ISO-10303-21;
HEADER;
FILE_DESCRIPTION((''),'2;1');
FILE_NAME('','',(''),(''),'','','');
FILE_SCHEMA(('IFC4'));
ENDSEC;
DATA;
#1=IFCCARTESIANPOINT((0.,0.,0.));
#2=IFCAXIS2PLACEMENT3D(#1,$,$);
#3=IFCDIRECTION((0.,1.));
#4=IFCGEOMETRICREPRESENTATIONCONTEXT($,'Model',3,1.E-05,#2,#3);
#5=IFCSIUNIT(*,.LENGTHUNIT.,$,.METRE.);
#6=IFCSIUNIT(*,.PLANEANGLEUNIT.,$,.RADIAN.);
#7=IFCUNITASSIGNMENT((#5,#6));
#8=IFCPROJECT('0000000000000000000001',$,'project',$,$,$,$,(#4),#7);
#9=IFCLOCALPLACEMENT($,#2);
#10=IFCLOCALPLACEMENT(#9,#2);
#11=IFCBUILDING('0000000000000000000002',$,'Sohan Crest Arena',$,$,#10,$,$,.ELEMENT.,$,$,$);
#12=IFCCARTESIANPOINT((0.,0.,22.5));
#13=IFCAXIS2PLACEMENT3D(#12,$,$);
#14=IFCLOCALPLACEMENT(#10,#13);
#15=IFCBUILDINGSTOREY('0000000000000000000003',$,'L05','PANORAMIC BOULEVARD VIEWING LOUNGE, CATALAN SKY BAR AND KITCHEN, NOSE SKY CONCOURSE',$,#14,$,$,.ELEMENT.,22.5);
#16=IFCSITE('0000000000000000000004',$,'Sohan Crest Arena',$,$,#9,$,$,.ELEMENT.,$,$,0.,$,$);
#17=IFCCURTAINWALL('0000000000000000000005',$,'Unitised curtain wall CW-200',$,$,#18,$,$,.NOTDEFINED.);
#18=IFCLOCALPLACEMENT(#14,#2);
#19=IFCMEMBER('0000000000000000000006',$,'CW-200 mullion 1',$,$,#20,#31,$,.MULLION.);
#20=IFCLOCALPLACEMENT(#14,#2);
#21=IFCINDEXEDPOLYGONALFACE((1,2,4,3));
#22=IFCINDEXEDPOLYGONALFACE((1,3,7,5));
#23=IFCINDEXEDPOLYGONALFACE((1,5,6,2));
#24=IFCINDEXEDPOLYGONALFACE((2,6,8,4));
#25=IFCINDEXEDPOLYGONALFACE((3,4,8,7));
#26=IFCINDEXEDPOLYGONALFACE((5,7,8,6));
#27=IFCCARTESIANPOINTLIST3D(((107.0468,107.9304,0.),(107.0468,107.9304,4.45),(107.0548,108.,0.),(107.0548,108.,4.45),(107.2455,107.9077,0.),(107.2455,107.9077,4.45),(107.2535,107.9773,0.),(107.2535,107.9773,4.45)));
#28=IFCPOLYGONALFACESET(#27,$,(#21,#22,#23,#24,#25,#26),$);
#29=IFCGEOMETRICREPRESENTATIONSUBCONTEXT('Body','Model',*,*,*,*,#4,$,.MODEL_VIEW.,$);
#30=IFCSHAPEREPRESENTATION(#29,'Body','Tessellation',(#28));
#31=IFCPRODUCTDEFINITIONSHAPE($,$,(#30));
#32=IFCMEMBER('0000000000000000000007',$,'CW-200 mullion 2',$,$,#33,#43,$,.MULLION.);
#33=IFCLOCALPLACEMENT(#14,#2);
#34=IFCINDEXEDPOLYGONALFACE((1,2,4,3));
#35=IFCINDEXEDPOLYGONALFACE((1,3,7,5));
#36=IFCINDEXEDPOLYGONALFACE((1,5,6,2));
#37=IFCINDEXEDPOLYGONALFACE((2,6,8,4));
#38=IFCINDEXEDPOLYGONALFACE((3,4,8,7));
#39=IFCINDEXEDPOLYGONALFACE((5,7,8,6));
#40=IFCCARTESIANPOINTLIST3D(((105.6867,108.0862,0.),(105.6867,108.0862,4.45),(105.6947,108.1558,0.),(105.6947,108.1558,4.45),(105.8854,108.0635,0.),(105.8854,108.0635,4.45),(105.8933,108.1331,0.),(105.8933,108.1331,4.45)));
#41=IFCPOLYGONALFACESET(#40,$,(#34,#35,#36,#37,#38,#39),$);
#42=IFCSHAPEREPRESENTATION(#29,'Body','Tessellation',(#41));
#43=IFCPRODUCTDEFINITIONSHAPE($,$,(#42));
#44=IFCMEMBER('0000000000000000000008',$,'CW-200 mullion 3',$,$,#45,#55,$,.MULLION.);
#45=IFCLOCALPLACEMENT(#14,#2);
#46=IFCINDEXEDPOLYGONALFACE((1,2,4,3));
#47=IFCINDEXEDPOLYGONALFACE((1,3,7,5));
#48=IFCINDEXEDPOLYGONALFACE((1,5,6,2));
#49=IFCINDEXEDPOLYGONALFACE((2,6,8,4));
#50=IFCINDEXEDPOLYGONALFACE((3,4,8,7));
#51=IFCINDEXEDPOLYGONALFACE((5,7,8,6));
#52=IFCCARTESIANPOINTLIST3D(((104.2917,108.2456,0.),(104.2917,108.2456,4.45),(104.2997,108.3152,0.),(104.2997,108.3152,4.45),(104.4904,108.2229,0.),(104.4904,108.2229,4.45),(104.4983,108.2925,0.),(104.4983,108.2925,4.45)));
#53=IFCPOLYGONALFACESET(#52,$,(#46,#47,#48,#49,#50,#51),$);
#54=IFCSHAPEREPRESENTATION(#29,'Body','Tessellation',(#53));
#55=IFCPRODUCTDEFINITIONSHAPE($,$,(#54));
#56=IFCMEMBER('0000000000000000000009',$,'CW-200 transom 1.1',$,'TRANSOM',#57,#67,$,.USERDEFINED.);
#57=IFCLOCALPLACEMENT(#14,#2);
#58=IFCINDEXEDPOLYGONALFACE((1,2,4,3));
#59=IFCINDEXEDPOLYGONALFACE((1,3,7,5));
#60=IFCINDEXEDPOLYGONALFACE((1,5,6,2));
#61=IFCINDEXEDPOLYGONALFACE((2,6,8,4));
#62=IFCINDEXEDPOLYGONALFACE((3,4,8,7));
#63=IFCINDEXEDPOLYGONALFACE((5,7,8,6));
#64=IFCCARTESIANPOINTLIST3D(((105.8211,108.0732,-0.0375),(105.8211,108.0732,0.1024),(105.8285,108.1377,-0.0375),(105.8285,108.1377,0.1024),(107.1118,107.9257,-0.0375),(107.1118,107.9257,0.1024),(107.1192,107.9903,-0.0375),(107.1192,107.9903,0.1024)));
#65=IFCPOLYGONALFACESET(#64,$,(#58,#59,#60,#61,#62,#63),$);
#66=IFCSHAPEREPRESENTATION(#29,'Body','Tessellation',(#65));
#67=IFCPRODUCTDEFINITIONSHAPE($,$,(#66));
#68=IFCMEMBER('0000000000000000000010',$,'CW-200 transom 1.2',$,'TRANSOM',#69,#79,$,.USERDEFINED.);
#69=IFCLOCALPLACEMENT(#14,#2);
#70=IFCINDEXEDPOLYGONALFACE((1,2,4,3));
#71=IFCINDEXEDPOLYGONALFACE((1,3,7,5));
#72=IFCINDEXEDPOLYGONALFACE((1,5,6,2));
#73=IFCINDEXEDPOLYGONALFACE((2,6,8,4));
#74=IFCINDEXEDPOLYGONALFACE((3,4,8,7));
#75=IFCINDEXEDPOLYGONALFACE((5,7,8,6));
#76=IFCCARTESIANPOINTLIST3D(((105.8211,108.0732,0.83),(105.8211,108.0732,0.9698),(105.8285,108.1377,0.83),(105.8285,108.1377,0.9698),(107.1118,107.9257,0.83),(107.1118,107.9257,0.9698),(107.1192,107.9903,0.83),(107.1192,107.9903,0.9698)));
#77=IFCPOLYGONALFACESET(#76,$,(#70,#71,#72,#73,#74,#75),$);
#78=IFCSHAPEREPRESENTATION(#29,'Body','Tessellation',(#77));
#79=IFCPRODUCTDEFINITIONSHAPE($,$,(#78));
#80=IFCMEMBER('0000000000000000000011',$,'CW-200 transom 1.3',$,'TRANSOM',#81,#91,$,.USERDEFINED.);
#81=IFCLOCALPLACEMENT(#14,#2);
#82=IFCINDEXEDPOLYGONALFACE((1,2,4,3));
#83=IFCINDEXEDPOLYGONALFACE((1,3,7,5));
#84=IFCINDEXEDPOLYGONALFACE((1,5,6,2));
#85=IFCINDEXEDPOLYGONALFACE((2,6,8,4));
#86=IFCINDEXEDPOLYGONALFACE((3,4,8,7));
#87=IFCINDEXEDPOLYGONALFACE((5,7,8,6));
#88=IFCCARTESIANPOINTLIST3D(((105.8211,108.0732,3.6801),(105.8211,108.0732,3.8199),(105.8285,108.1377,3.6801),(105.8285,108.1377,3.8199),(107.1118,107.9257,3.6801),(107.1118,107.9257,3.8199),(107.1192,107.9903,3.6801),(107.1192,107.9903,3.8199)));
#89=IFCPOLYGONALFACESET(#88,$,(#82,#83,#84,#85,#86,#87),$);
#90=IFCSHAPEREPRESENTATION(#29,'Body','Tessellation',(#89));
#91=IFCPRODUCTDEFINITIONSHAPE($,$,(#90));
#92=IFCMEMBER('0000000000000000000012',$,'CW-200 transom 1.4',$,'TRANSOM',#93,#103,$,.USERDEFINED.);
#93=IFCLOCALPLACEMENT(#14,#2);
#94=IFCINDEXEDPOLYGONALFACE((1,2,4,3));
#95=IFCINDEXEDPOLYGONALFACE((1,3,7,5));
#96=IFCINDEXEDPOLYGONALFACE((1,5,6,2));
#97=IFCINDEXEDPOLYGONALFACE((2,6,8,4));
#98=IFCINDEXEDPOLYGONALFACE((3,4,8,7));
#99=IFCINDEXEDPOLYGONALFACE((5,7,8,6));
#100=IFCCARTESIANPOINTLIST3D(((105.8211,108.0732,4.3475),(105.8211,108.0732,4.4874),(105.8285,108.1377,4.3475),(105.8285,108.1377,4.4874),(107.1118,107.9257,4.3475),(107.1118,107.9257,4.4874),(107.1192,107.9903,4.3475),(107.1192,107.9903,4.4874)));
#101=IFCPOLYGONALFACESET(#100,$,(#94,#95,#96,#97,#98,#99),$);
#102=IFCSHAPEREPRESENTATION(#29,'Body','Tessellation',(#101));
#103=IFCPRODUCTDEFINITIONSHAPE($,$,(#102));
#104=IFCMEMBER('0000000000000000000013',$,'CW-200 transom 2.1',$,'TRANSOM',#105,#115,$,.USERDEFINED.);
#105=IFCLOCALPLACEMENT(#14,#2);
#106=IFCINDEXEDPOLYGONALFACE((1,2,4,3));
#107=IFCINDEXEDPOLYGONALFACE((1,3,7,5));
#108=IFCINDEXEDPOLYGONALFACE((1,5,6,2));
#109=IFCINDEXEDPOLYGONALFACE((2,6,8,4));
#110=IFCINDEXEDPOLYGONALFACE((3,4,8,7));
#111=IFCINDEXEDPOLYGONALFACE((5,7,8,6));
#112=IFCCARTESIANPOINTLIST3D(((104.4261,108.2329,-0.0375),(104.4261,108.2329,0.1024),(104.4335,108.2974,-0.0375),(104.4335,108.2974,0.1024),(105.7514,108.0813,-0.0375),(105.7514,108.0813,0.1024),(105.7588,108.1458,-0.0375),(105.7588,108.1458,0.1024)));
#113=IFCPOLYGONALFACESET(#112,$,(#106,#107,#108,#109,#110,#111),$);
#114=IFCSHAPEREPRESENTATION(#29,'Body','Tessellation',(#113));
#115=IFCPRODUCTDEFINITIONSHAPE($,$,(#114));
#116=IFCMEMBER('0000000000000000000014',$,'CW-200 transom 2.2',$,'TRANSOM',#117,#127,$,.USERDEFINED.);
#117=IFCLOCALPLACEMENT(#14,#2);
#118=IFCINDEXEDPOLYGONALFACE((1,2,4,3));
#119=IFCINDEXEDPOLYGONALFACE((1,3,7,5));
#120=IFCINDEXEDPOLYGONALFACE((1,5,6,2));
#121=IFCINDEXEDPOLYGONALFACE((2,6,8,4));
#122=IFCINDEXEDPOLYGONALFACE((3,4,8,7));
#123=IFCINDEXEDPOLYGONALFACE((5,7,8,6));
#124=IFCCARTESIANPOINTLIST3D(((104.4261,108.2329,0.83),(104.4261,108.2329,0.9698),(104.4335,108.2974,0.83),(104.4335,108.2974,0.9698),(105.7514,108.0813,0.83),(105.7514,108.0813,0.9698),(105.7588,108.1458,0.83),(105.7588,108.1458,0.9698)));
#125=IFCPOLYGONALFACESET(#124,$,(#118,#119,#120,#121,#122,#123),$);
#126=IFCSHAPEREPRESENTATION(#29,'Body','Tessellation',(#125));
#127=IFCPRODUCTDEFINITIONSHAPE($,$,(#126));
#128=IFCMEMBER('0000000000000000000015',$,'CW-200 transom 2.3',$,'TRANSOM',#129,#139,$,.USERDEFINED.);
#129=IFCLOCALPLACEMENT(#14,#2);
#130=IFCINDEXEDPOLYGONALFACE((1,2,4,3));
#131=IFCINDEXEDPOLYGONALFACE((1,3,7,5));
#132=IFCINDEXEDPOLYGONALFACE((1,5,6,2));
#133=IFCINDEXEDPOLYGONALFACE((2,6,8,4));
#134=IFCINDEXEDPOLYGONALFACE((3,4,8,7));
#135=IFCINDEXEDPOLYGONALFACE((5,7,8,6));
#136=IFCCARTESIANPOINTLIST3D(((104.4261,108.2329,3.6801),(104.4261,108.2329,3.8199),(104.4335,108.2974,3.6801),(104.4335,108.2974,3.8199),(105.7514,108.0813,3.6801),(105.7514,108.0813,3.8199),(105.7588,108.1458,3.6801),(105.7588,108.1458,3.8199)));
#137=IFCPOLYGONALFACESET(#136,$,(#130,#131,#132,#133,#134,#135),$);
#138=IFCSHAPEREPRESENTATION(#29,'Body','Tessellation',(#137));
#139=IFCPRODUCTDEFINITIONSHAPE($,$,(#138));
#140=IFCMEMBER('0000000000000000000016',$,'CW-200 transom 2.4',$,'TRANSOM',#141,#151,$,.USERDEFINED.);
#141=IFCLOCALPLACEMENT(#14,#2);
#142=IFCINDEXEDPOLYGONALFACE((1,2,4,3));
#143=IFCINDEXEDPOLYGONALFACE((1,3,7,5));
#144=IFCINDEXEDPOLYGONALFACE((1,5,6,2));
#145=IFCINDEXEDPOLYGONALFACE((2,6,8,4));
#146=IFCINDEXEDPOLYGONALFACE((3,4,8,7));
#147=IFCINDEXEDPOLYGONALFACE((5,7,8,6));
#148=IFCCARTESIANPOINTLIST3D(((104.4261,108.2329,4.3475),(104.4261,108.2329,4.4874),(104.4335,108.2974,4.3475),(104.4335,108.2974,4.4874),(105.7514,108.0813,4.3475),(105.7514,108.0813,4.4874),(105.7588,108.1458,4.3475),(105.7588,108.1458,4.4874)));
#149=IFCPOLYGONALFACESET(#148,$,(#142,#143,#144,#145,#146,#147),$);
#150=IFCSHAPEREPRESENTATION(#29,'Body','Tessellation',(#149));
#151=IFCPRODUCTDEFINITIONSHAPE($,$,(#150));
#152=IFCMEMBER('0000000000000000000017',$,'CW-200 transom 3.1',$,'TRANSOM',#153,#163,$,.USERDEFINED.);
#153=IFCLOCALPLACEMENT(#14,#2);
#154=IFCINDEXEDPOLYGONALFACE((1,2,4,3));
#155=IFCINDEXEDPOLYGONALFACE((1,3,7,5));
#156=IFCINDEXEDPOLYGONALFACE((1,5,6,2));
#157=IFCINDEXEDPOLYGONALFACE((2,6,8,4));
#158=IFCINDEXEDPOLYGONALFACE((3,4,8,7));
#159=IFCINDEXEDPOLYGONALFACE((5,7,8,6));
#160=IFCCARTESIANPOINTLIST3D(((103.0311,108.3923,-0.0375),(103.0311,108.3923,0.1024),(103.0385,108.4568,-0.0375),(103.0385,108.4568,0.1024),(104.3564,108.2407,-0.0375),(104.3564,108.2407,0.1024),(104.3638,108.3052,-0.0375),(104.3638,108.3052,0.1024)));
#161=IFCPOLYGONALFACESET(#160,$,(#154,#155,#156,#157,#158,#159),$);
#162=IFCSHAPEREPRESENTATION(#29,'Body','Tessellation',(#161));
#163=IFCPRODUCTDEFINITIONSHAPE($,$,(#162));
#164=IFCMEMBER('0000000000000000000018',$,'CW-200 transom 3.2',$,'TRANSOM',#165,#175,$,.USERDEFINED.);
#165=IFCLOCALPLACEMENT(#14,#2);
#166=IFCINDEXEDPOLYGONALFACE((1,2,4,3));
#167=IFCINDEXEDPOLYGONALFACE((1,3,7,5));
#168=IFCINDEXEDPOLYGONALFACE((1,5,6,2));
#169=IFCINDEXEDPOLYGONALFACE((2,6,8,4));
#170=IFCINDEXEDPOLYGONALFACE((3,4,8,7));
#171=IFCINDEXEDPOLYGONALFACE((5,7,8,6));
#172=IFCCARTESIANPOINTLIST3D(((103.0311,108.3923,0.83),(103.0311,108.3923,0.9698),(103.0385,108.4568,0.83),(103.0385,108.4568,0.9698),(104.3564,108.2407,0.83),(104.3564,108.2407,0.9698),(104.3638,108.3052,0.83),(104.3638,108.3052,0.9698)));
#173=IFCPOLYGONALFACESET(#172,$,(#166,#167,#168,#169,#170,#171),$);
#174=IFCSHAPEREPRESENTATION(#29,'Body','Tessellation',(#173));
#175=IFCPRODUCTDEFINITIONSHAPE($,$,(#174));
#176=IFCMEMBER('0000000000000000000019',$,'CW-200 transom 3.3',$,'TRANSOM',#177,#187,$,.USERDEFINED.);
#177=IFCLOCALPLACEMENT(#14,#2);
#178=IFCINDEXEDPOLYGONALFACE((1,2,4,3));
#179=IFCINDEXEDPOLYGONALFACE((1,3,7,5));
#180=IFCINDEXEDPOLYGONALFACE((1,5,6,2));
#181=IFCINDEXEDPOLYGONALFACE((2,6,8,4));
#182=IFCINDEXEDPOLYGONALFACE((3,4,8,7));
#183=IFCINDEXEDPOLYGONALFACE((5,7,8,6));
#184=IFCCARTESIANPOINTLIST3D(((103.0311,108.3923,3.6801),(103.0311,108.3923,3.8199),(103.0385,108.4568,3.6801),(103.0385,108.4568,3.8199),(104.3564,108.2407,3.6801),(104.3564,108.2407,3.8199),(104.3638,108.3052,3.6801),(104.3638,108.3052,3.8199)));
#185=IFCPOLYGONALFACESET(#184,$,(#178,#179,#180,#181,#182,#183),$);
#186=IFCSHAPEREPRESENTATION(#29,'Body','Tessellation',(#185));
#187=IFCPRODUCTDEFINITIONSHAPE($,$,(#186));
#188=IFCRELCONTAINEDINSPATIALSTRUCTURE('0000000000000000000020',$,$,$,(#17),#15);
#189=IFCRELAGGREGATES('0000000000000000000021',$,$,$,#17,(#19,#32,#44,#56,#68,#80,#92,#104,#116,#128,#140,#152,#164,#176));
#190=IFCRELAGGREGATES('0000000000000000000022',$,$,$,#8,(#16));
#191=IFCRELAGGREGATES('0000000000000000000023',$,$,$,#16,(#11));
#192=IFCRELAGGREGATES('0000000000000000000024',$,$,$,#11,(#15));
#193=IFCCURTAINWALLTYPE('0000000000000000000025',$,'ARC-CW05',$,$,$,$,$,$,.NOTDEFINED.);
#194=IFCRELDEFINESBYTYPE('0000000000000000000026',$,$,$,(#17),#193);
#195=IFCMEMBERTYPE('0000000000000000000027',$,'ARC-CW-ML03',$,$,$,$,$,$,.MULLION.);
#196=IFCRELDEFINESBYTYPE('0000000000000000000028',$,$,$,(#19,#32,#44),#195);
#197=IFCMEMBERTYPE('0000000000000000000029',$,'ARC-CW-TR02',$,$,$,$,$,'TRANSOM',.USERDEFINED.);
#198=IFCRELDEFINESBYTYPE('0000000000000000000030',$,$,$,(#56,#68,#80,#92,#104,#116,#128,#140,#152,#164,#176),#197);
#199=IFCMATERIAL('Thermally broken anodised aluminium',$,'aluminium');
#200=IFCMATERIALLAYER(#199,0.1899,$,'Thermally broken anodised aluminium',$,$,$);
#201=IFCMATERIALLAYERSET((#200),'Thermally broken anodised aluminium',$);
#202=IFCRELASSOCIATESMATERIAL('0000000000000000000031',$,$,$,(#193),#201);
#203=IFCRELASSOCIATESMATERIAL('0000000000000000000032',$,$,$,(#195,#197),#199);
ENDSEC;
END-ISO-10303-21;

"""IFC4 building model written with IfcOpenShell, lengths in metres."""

from ifc_helpers import new_model, si_unit, direction, frame, origin, origin_2d, place, context, subcontext, project, spatial, rectangle, extrude, material, layer, layer_set, material_profile, profile_set, type_object, element, aggregate, save


model = new_model("IFC4")

# Units and contexts
model_context = context("Model", 3, precision=1e-05, world=origin(), true_north=direction((0.0, 1.0)))
body_context = subcontext(model_context, "Body", "Model", "MODEL_VIEW")
ifc_project = project(units=[si_unit("LENGTHUNIT", "METRE"), si_unit("PLANEANGLEUNIT", "RADIAN")], contexts=[model_context])

# Site, building, storey
site_placement = place(None, origin())
site = spatial("IfcSite", under=ifc_project, at=site_placement, Name="Sohan Crest Arena", CompositionType="ELEMENT", RefElevation=0.0)
building_placement = place(site_placement, origin())
building = spatial("IfcBuilding", under=site, at=building_placement, Name="Sohan Crest Arena", CompositionType="ELEMENT")
storey_placement = place(building_placement, frame((0.0, 0.0, 22.5)))
storey = spatial("IfcBuildingStorey", under=building, at=storey_placement, Name="L05", Description="PANORAMIC BOULEVARD VIEWING LOUNGE, CATALAN SKY BAR AND KITCHEN, NOSE SKY CONCOURSE", CompositionType="ELEMENT", Elevation=22.5)

# Curtain wall, members
ifc_material_1 = material(Name="Thermally broken anodised aluminium", Category="aluminium")
ifc_layer_1 = layer(ifc_material_1, 0.1899, Name="Thermally broken anodised aluminium")
ifc_layer_set_1 = layer_set([ifc_layer_1], Name="Thermally broken anodised aluminium")
curtain_wall_type = type_object("IfcCurtainWallType", Name="ARC-CW05", PredefinedType="NOTDEFINED", material=ifc_layer_set_1)
curtain_wall_placement = place(storey_placement, origin())
curtain_wall = element("IfcCurtainWall", 1, at=curtain_wall_placement, inside=storey, type_object=curtain_wall_type, Name="Unitised curtain wall CW-200", PredefinedType="NOTDEFINED")
ifc_material_profile_1 = material_profile(ifc_material_1, rectangle(XDim=0.0701, YDim=0.2, at=origin_2d()), Name="ALU-MULL 70x200")
ifc_profile_set_1 = profile_set([ifc_material_profile_1], Name="Thermally broken anodised aluminium")
member_type_1 = type_object("IfcMemberType", Name="ARC-CW-ML03", PredefinedType="MULLION", material=ifc_profile_set_1)
member_1_placement = place(storey_placement, frame((107.1501, 107.9539, 0.0), z_axis=(0.0, 0.0, 1.0), x_axis=(-0.113597, -0.993527, 0.0)))
member_1 = element("IfcMember", 2, at=member_1_placement, type_object=member_type_1, Name="CW-200 mullion 1", PredefinedType="MULLION", context=body_context, shape_type="SweptSolid", body=[
    extrude(rectangle(XDim=0.0701, YDim=0.2, at=origin_2d()), origin(), (0.0, 0.0, 1.0), 4.45),
])
member_2_placement = place(storey_placement, frame((105.79, 108.1096, 0.0), z_axis=(0.0, 0.0, 1.0), x_axis=(-0.113597, -0.993527, 0.0)))
member_2 = element("IfcMember", 3, at=member_2_placement, type_object=member_type_1, Name="CW-200 mullion 2", PredefinedType="MULLION", context=body_context, shape_type="SweptSolid", body=[
    extrude(rectangle(XDim=0.0701, YDim=0.2, at=origin_2d()), origin(), (0.0, 0.0, 1.0), 4.45),
])
member_3_placement = place(storey_placement, frame((104.395, 108.269, 0.0), z_axis=(0.0, 0.0, 1.0), x_axis=(-0.113597, -0.993527, 0.0)))
member_3 = element("IfcMember", 4, at=member_3_placement, type_object=member_type_1, Name="CW-200 mullion 3", PredefinedType="MULLION", context=body_context, shape_type="SweptSolid", body=[
    extrude(rectangle(XDim=0.0701, YDim=0.2, at=origin_2d()), origin(), (0.0, 0.0, 1.0), 4.45),
])
ifc_material_profile_2 = material_profile(ifc_material_1, rectangle(XDim=0.0649, YDim=0.1399, at=origin_2d()), Name="ALU-TRAN 65x140")
ifc_profile_set_2 = profile_set([ifc_material_profile_2], Name="Thermally broken anodised aluminium")
member_type_2 = type_object("IfcMemberType", Name="ARC-CW-TR02", ElementType="TRANSOM", PredefinedType="USERDEFINED", material=ifc_profile_set_2)
member_4_placement = place(storey_placement, frame((107.1155, 107.958, 0.0325), z_axis=(-0.993538, 0.113504, 0.0), x_axis=(-0.113504, -0.993538, 0.0)))
member_4 = element("IfcMember", 5, at=member_4_placement, type_object=member_type_2, Name="CW-200 transom 1.1", ObjectType="TRANSOM", PredefinedType="USERDEFINED", context=body_context, shape_type="SweptSolid", body=[
    extrude(rectangle(XDim=0.0649, YDim=0.1399, at=origin_2d()), origin(), (0.0, 0.0, 1.0), 1.2991),
])
member_5_placement = place(storey_placement, frame((107.1155, 107.958, 0.8999), z_axis=(-0.993538, 0.113504, 0.0), x_axis=(-0.113504, -0.993538, 0.0)))
member_5 = element("IfcMember", 6, at=member_5_placement, type_object=member_type_2, Name="CW-200 transom 1.2", ObjectType="TRANSOM", PredefinedType="USERDEFINED", context=body_context, shape_type="SweptSolid", body=[
    extrude(rectangle(XDim=0.0649, YDim=0.1399, at=origin_2d()), origin(), (0.0, 0.0, 1.0), 1.2991),
])
member_6_placement = place(storey_placement, frame((107.1155, 107.958, 3.75), z_axis=(-0.993538, 0.113504, 0.0), x_axis=(-0.113504, -0.993538, 0.0)))
member_6 = element("IfcMember", 7, at=member_6_placement, type_object=member_type_2, Name="CW-200 transom 1.3", ObjectType="TRANSOM", PredefinedType="USERDEFINED", context=body_context, shape_type="SweptSolid", body=[
    extrude(rectangle(XDim=0.0649, YDim=0.1399, at=origin_2d()), origin(), (0.0, 0.0, 1.0), 1.2991),
])
member_7_placement = place(storey_placement, frame((107.1155, 107.958, 4.4175), z_axis=(-0.993538, 0.113504, 0.0), x_axis=(-0.113504, -0.993538, 0.0)))
member_7 = element("IfcMember", 8, at=member_7_placement, type_object=member_type_2, Name="CW-200 transom 1.4", ObjectType="TRANSOM", PredefinedType="USERDEFINED", context=body_context, shape_type="SweptSolid", body=[
    extrude(rectangle(XDim=0.0649, YDim=0.1399, at=origin_2d()), origin(), (0.0, 0.0, 1.0), 1.2991),
])
member_8_placement = place(storey_placement, frame((105.7551, 108.1135, 0.0325), z_axis=(-0.993521, 0.113645, 0.0), x_axis=(-0.113645, -0.993521, 0.0)))
member_8 = element("IfcMember", 9, at=member_8_placement, type_object=member_type_2, Name="CW-200 transom 2.1", ObjectType="TRANSOM", PredefinedType="USERDEFINED", context=body_context, shape_type="SweptSolid", body=[
    extrude(rectangle(XDim=0.0649, YDim=0.1399, at=origin_2d()), origin(), (0.0, 0.0, 1.0), 1.334),
])
member_9_placement = place(storey_placement, frame((105.7551, 108.1135, 0.8999), z_axis=(-0.993521, 0.113645, 0.0), x_axis=(-0.113645, -0.993521, 0.0)))
member_9 = element("IfcMember", 10, at=member_9_placement, type_object=member_type_2, Name="CW-200 transom 2.2", ObjectType="TRANSOM", PredefinedType="USERDEFINED", context=body_context, shape_type="SweptSolid", body=[
    extrude(rectangle(XDim=0.0649, YDim=0.1399, at=origin_2d()), origin(), (0.0, 0.0, 1.0), 1.334),
])
member_10_placement = place(storey_placement, frame((105.7551, 108.1135, 3.75), z_axis=(-0.993521, 0.113645, 0.0), x_axis=(-0.113645, -0.993521, 0.0)))
member_10 = element("IfcMember", 11, at=member_10_placement, type_object=member_type_2, Name="CW-200 transom 2.3", ObjectType="TRANSOM", PredefinedType="USERDEFINED", context=body_context, shape_type="SweptSolid", body=[
    extrude(rectangle(XDim=0.0649, YDim=0.1399, at=origin_2d()), origin(), (0.0, 0.0, 1.0), 1.334),
])
member_11_placement = place(storey_placement, frame((105.7551, 108.1135, 4.4175), z_axis=(-0.993521, 0.113645, 0.0), x_axis=(-0.113645, -0.993521, 0.0)))
member_11 = element("IfcMember", 12, at=member_11_placement, type_object=member_type_2, Name="CW-200 transom 2.4", ObjectType="TRANSOM", PredefinedType="USERDEFINED", context=body_context, shape_type="SweptSolid", body=[
    extrude(rectangle(XDim=0.0649, YDim=0.1399, at=origin_2d()), origin(), (0.0, 0.0, 1.0), 1.334),
])
member_12_placement = place(storey_placement, frame((104.3601, 108.2729, 0.0325), z_axis=(-0.993521, 0.113645, 0.0), x_axis=(-0.113645, -0.993521, 0.0)))
member_12 = element("IfcMember", 13, at=member_12_placement, type_object=member_type_2, Name="CW-200 transom 3.1", ObjectType="TRANSOM", PredefinedType="USERDEFINED", context=body_context, shape_type="SweptSolid", body=[
    extrude(rectangle(XDim=0.0649, YDim=0.1399, at=origin_2d()), origin(), (0.0, 0.0, 1.0), 1.334),
])
member_13_placement = place(storey_placement, frame((104.3601, 108.2729, 0.8999), z_axis=(-0.993521, 0.113645, 0.0), x_axis=(-0.113645, -0.993521, 0.0)))
member_13 = element("IfcMember", 14, at=member_13_placement, type_object=member_type_2, Name="CW-200 transom 3.2", ObjectType="TRANSOM", PredefinedType="USERDEFINED", context=body_context, shape_type="SweptSolid", body=[
    extrude(rectangle(XDim=0.0649, YDim=0.1399, at=origin_2d()), origin(), (0.0, 0.0, 1.0), 1.334),
])
member_14_placement = place(storey_placement, frame((104.3601, 108.2729, 3.75), z_axis=(-0.993521, 0.113645, 0.0), x_axis=(-0.113645, -0.993521, 0.0)))
member_14 = element("IfcMember", 15, at=member_14_placement, type_object=member_type_2, Name="CW-200 transom 3.3", ObjectType="TRANSOM", PredefinedType="USERDEFINED", context=body_context, shape_type="SweptSolid", body=[
    extrude(rectangle(XDim=0.0649, YDim=0.1399, at=origin_2d()), origin(), (0.0, 0.0, 1.0), 1.334),
])
aggregate(curtain_wall, [member_1, member_2, member_3, member_4, member_5, member_6, member_7, member_8, member_9, member_10, member_11, member_12, member_13, member_14])

save(model, "model.ifc")
